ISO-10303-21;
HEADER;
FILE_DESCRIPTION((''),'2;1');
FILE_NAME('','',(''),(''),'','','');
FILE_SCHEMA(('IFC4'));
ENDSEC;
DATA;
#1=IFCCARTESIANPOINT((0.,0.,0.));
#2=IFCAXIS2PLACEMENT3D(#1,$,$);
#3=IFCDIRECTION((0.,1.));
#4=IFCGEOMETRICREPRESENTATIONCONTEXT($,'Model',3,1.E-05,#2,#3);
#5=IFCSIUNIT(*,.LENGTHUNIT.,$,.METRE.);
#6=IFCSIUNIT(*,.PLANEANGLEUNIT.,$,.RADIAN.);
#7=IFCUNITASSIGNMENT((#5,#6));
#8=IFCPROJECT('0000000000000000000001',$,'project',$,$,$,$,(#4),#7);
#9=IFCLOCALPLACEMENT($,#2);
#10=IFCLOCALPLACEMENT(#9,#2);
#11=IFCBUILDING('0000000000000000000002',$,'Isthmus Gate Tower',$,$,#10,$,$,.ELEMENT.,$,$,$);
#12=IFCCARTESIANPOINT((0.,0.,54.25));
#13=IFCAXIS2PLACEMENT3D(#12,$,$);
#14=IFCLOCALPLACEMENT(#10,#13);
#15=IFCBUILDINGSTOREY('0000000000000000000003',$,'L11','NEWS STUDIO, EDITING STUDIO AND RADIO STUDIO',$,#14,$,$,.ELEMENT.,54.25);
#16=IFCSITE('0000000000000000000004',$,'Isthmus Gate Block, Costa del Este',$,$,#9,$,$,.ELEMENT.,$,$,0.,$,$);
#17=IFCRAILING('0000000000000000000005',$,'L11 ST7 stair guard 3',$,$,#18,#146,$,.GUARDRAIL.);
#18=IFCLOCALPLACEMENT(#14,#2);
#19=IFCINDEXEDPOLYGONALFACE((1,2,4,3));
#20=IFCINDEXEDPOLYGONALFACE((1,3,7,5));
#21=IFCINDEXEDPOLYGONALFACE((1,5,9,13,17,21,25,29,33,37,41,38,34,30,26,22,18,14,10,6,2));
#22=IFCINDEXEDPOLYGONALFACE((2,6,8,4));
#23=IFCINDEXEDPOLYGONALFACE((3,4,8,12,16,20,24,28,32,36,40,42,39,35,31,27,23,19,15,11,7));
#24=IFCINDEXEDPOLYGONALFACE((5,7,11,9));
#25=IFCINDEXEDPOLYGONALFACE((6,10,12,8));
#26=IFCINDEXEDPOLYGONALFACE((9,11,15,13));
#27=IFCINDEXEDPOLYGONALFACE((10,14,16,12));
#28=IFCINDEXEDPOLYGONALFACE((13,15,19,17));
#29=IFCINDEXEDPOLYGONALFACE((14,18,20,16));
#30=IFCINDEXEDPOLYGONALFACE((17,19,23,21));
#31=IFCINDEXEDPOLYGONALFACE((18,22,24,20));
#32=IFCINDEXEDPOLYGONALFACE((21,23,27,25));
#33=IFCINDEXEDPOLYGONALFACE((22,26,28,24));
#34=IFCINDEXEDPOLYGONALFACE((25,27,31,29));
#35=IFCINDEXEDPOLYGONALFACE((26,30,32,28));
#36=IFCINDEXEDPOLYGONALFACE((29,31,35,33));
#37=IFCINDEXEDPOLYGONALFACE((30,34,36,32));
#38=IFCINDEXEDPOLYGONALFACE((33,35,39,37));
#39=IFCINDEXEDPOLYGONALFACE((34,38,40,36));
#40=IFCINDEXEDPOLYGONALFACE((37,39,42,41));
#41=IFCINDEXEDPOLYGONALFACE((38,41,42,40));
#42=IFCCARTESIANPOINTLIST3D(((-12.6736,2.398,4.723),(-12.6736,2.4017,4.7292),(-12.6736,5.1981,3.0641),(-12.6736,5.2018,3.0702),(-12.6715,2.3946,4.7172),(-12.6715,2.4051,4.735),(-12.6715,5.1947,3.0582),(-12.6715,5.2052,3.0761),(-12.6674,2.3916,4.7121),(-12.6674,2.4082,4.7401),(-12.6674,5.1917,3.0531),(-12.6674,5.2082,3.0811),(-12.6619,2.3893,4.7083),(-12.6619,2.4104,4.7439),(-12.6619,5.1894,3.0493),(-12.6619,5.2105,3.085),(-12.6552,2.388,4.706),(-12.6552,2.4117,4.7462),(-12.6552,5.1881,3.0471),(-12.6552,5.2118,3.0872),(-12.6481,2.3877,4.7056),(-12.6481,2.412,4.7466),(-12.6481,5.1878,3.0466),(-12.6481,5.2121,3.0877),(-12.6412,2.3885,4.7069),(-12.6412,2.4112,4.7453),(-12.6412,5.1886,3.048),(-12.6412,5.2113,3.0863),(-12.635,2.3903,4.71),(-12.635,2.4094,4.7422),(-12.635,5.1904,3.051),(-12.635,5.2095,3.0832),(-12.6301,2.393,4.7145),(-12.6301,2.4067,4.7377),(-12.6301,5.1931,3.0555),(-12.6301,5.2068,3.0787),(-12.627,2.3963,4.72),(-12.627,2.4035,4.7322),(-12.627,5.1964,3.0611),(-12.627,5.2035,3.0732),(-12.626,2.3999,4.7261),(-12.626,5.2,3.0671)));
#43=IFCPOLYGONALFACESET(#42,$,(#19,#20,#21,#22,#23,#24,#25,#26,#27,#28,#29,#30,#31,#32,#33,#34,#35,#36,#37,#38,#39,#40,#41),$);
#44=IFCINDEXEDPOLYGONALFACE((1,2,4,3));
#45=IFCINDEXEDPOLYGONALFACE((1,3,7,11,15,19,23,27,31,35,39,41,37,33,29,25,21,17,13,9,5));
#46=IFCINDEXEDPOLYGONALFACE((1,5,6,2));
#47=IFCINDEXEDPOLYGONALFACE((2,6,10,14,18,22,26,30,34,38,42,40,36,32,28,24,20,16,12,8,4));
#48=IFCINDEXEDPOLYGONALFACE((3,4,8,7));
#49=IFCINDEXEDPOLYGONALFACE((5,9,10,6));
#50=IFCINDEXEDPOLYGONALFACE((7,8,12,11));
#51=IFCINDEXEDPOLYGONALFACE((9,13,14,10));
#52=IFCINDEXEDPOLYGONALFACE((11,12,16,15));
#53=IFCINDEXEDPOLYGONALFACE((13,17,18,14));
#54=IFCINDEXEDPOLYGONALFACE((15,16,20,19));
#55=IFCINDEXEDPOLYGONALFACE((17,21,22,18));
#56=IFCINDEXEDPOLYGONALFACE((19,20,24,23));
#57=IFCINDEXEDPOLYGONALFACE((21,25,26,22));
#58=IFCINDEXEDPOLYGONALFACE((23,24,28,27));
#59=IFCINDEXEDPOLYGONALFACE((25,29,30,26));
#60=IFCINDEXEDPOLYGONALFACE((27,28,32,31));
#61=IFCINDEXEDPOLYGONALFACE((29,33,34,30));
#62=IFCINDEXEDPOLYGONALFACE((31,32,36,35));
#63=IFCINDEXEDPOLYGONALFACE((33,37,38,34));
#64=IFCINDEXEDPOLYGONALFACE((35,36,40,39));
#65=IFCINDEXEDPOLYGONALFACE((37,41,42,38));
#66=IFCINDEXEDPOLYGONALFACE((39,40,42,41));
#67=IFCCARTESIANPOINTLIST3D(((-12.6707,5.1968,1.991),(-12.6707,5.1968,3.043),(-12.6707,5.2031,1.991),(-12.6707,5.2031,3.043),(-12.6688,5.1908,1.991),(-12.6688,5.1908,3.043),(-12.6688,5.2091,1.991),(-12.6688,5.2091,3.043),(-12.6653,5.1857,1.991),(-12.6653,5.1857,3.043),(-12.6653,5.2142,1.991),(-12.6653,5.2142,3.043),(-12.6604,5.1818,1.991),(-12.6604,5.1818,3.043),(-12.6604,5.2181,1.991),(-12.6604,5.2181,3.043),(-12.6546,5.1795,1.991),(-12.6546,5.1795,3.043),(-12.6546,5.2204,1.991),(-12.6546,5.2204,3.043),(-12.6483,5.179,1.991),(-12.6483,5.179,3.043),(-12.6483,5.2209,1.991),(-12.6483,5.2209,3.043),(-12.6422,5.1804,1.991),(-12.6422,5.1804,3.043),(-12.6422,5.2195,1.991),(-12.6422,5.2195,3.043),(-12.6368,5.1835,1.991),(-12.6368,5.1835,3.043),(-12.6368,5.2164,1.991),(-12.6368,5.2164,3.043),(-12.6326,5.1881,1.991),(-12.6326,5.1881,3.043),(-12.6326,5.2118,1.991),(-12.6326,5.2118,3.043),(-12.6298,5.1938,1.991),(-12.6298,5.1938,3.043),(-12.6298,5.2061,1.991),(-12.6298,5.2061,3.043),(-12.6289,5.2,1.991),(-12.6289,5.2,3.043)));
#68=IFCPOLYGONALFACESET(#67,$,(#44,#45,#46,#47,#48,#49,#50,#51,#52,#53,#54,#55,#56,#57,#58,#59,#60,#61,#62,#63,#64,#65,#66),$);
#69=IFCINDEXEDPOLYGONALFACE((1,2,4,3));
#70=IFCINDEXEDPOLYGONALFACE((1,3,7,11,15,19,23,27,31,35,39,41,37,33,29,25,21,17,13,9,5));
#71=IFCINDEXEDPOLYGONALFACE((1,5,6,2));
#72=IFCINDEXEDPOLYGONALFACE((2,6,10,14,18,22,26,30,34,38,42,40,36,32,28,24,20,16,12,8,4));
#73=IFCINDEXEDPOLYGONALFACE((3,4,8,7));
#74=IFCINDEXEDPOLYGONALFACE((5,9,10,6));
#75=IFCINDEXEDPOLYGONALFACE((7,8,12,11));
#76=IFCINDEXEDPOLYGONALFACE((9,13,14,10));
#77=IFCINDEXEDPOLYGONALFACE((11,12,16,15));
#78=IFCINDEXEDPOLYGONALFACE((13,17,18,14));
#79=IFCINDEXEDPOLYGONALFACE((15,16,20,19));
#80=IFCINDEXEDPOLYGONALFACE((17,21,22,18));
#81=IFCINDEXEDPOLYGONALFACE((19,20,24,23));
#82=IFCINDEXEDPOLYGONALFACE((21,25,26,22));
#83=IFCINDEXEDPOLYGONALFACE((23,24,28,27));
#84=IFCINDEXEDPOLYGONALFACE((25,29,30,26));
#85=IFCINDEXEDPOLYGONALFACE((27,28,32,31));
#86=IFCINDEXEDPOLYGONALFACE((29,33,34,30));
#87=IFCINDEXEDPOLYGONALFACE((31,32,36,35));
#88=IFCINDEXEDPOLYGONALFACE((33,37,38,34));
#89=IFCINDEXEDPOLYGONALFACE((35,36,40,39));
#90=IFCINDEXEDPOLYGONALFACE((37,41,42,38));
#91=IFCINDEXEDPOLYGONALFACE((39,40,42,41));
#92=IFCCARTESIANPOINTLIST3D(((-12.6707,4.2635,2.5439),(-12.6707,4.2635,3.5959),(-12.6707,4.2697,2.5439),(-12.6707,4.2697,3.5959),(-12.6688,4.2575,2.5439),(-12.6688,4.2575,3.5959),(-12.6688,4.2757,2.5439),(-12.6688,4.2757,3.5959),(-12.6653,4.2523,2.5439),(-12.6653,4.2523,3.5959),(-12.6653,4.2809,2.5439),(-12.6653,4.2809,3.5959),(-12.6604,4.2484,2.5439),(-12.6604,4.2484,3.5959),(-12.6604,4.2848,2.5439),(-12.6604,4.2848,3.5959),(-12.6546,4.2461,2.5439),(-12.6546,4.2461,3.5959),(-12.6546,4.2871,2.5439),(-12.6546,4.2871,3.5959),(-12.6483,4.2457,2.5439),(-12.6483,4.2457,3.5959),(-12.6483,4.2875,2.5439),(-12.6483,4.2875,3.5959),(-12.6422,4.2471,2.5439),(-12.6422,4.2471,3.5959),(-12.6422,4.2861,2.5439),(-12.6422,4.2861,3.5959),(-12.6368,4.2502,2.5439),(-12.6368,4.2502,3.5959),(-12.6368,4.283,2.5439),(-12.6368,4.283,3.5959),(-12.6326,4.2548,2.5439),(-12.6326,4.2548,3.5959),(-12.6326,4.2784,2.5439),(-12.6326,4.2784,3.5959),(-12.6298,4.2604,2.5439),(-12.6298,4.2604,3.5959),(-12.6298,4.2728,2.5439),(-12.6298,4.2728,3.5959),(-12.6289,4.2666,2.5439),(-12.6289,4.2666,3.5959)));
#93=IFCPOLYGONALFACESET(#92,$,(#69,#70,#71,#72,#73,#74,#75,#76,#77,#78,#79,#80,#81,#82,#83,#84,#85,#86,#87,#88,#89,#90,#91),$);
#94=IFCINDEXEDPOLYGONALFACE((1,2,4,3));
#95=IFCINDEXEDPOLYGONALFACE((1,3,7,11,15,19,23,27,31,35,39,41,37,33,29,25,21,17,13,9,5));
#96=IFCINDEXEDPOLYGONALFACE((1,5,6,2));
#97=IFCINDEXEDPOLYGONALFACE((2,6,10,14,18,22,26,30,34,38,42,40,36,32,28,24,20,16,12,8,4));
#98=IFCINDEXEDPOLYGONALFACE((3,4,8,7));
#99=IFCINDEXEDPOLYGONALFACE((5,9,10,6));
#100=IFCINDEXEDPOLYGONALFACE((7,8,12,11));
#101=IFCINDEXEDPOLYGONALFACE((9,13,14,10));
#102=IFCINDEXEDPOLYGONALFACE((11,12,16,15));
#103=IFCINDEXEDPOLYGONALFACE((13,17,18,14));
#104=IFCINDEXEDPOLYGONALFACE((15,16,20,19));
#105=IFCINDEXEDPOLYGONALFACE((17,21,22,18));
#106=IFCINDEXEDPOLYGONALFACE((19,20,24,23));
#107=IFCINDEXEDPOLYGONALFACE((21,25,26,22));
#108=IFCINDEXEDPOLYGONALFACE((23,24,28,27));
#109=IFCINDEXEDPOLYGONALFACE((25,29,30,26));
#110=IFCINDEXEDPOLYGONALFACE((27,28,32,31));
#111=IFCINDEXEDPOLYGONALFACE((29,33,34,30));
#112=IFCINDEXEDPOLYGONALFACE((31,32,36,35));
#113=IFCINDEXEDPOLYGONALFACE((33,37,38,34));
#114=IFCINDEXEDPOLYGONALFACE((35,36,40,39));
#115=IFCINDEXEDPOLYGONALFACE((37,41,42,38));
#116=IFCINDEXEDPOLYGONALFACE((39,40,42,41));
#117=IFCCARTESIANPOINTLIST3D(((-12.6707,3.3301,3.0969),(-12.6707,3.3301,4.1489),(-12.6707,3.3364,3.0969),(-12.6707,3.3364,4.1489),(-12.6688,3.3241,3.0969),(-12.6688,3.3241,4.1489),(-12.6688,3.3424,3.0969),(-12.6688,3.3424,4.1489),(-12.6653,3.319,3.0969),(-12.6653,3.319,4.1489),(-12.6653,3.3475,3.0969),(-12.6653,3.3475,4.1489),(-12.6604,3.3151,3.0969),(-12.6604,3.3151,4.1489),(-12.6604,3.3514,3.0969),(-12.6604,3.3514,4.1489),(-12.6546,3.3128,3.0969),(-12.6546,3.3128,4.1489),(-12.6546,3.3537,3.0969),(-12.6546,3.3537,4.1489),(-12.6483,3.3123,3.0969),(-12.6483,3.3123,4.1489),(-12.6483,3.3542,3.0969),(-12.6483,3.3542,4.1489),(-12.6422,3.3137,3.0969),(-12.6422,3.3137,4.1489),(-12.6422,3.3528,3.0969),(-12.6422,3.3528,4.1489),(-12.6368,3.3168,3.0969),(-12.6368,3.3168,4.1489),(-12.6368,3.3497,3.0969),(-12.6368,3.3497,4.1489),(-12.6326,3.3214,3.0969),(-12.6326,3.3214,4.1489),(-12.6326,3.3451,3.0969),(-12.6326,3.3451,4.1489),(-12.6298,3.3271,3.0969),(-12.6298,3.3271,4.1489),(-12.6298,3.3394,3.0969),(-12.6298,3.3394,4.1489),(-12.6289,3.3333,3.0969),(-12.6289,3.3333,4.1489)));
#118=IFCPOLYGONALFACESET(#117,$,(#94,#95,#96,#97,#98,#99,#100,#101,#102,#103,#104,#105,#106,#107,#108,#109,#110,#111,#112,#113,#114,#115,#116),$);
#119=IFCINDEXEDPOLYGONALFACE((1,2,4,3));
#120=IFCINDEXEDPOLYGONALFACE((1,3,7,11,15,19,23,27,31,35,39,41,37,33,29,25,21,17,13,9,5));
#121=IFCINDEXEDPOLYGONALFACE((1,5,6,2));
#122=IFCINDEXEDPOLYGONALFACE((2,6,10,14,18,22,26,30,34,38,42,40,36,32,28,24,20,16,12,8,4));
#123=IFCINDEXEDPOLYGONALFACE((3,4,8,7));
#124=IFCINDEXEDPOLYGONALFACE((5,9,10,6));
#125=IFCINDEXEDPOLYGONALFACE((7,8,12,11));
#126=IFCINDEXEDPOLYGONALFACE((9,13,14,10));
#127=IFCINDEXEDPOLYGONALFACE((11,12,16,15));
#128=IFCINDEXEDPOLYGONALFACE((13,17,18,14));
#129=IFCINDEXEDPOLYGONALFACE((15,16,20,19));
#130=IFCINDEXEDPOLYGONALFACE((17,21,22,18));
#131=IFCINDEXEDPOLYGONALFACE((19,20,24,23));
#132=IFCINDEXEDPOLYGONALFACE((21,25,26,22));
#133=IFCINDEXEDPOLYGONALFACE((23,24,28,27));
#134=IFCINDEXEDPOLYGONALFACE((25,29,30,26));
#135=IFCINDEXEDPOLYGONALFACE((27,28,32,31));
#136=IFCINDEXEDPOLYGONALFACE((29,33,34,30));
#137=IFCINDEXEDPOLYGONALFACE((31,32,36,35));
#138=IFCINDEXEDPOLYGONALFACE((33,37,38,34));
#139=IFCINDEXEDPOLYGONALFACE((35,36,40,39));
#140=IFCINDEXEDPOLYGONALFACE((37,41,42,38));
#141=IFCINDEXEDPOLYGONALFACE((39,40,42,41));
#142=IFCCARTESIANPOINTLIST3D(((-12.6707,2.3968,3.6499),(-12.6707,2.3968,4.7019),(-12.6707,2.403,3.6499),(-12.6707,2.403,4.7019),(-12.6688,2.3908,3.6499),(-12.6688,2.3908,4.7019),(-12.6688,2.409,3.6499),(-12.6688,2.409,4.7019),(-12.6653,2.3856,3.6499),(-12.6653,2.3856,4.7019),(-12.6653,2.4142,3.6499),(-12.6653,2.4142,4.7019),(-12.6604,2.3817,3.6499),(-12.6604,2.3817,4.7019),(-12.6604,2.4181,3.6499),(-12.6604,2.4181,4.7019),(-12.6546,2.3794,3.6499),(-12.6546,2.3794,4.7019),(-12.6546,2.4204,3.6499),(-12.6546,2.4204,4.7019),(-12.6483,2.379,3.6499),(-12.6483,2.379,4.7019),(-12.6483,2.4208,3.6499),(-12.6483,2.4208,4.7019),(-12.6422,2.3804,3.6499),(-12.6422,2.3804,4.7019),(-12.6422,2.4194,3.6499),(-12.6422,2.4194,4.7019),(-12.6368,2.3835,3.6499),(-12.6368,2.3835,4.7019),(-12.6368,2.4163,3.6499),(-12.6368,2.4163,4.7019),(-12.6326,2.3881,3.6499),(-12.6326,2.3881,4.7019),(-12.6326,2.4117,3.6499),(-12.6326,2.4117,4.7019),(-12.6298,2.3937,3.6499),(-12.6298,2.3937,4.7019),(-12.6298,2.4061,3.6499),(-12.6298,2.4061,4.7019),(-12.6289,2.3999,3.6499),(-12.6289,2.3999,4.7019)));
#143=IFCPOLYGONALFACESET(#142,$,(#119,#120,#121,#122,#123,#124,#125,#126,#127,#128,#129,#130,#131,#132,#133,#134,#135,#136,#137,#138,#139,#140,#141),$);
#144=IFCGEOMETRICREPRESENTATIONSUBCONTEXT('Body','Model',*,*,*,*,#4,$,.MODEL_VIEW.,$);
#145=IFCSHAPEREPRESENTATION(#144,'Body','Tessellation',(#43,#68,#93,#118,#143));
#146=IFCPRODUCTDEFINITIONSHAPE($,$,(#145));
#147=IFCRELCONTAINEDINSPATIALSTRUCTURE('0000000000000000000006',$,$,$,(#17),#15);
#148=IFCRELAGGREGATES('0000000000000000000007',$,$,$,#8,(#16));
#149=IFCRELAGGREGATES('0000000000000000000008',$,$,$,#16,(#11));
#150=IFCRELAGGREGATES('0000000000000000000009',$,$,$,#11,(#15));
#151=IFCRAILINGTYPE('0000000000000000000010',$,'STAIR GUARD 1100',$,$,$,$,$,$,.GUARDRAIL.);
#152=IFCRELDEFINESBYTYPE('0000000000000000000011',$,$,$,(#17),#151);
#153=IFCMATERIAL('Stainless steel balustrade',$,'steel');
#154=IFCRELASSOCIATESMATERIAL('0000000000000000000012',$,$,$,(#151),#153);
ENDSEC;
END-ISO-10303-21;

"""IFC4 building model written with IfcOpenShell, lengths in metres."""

from ifc_helpers import new_model, si_unit, direction, frame, origin, origin_2d, place, context, subcontext, project, spatial, circle, extrude, material, type_object, element, save


model = new_model("IFC4")

# Units and contexts
model_context = context("Model", 3, precision=1e-05, world=origin(), true_north=direction((0.0, 1.0)))
body_context = subcontext(model_context, "Body", "Model", "MODEL_VIEW")
ifc_project = project(units=[si_unit("LENGTHUNIT", "METRE"), si_unit("PLANEANGLEUNIT", "RADIAN")], contexts=[model_context])

# Site, building, storey
site_placement = place(None, origin())
site = spatial("IfcSite", under=ifc_project, at=site_placement, Name="Isthmus Gate Block, Costa del Este", CompositionType="ELEMENT", RefElevation=0.0)
building_placement = place(site_placement, origin())
building = spatial("IfcBuilding", under=site, at=building_placement, Name="Isthmus Gate Tower", CompositionType="ELEMENT")
storey_placement = place(building_placement, frame((0.0, 0.0, 54.25)))
storey = spatial("IfcBuildingStorey", under=building, at=storey_placement, Name="L11", Description="NEWS STUDIO, EDITING STUDIO AND RADIO STUDIO", CompositionType="ELEMENT", Elevation=54.25)

# Railing
ifc_material_1 = material(Name="Stainless steel balustrade", Category="steel")
railing_type_1 = type_object("IfcRailingType", Name="STAIR GUARD 1100", PredefinedType="GUARDRAIL", material=ifc_material_1)
railing_1_placement = place(storey_placement, frame((-12.6499, 5.2, 1.991)))
element("IfcRailing", 1, at=railing_1_placement, inside=storey, type_object=railing_type_1, Name="L11 ST7 stair guard 3", PredefinedType="GUARDRAIL", context=body_context, shape_type="SweptSolid", body=[
    extrude(circle(Radius=0.0239, at=origin_2d()), frame((0.0, 0.0, 1.0762), z_axis=(0.0, -0.860339, 0.509722), x_axis=(1.0, 0.0, 0.0)), (0.0, 0.0, 1.0), 3.2546),
    extrude(circle(Radius=0.021, at=origin_2d()), origin(), (0.0, 0.0, 1.0), 1.052),
    extrude(circle(Radius=0.021, at=origin_2d()), frame((0.0, -0.9333, 0.553)), (0.0, 0.0, 1.0), 1.052),
    extrude(circle(Radius=0.021, at=origin_2d()), frame((0.0, -1.8667, 1.106)), (0.0, 0.0, 1.0), 1.052),
    extrude(circle(Radius=0.021, at=origin_2d()), frame((0.0, -2.8, 1.6589)), (0.0, 0.0, 1.0), 1.052),
])

save(model, "model.ifc")
